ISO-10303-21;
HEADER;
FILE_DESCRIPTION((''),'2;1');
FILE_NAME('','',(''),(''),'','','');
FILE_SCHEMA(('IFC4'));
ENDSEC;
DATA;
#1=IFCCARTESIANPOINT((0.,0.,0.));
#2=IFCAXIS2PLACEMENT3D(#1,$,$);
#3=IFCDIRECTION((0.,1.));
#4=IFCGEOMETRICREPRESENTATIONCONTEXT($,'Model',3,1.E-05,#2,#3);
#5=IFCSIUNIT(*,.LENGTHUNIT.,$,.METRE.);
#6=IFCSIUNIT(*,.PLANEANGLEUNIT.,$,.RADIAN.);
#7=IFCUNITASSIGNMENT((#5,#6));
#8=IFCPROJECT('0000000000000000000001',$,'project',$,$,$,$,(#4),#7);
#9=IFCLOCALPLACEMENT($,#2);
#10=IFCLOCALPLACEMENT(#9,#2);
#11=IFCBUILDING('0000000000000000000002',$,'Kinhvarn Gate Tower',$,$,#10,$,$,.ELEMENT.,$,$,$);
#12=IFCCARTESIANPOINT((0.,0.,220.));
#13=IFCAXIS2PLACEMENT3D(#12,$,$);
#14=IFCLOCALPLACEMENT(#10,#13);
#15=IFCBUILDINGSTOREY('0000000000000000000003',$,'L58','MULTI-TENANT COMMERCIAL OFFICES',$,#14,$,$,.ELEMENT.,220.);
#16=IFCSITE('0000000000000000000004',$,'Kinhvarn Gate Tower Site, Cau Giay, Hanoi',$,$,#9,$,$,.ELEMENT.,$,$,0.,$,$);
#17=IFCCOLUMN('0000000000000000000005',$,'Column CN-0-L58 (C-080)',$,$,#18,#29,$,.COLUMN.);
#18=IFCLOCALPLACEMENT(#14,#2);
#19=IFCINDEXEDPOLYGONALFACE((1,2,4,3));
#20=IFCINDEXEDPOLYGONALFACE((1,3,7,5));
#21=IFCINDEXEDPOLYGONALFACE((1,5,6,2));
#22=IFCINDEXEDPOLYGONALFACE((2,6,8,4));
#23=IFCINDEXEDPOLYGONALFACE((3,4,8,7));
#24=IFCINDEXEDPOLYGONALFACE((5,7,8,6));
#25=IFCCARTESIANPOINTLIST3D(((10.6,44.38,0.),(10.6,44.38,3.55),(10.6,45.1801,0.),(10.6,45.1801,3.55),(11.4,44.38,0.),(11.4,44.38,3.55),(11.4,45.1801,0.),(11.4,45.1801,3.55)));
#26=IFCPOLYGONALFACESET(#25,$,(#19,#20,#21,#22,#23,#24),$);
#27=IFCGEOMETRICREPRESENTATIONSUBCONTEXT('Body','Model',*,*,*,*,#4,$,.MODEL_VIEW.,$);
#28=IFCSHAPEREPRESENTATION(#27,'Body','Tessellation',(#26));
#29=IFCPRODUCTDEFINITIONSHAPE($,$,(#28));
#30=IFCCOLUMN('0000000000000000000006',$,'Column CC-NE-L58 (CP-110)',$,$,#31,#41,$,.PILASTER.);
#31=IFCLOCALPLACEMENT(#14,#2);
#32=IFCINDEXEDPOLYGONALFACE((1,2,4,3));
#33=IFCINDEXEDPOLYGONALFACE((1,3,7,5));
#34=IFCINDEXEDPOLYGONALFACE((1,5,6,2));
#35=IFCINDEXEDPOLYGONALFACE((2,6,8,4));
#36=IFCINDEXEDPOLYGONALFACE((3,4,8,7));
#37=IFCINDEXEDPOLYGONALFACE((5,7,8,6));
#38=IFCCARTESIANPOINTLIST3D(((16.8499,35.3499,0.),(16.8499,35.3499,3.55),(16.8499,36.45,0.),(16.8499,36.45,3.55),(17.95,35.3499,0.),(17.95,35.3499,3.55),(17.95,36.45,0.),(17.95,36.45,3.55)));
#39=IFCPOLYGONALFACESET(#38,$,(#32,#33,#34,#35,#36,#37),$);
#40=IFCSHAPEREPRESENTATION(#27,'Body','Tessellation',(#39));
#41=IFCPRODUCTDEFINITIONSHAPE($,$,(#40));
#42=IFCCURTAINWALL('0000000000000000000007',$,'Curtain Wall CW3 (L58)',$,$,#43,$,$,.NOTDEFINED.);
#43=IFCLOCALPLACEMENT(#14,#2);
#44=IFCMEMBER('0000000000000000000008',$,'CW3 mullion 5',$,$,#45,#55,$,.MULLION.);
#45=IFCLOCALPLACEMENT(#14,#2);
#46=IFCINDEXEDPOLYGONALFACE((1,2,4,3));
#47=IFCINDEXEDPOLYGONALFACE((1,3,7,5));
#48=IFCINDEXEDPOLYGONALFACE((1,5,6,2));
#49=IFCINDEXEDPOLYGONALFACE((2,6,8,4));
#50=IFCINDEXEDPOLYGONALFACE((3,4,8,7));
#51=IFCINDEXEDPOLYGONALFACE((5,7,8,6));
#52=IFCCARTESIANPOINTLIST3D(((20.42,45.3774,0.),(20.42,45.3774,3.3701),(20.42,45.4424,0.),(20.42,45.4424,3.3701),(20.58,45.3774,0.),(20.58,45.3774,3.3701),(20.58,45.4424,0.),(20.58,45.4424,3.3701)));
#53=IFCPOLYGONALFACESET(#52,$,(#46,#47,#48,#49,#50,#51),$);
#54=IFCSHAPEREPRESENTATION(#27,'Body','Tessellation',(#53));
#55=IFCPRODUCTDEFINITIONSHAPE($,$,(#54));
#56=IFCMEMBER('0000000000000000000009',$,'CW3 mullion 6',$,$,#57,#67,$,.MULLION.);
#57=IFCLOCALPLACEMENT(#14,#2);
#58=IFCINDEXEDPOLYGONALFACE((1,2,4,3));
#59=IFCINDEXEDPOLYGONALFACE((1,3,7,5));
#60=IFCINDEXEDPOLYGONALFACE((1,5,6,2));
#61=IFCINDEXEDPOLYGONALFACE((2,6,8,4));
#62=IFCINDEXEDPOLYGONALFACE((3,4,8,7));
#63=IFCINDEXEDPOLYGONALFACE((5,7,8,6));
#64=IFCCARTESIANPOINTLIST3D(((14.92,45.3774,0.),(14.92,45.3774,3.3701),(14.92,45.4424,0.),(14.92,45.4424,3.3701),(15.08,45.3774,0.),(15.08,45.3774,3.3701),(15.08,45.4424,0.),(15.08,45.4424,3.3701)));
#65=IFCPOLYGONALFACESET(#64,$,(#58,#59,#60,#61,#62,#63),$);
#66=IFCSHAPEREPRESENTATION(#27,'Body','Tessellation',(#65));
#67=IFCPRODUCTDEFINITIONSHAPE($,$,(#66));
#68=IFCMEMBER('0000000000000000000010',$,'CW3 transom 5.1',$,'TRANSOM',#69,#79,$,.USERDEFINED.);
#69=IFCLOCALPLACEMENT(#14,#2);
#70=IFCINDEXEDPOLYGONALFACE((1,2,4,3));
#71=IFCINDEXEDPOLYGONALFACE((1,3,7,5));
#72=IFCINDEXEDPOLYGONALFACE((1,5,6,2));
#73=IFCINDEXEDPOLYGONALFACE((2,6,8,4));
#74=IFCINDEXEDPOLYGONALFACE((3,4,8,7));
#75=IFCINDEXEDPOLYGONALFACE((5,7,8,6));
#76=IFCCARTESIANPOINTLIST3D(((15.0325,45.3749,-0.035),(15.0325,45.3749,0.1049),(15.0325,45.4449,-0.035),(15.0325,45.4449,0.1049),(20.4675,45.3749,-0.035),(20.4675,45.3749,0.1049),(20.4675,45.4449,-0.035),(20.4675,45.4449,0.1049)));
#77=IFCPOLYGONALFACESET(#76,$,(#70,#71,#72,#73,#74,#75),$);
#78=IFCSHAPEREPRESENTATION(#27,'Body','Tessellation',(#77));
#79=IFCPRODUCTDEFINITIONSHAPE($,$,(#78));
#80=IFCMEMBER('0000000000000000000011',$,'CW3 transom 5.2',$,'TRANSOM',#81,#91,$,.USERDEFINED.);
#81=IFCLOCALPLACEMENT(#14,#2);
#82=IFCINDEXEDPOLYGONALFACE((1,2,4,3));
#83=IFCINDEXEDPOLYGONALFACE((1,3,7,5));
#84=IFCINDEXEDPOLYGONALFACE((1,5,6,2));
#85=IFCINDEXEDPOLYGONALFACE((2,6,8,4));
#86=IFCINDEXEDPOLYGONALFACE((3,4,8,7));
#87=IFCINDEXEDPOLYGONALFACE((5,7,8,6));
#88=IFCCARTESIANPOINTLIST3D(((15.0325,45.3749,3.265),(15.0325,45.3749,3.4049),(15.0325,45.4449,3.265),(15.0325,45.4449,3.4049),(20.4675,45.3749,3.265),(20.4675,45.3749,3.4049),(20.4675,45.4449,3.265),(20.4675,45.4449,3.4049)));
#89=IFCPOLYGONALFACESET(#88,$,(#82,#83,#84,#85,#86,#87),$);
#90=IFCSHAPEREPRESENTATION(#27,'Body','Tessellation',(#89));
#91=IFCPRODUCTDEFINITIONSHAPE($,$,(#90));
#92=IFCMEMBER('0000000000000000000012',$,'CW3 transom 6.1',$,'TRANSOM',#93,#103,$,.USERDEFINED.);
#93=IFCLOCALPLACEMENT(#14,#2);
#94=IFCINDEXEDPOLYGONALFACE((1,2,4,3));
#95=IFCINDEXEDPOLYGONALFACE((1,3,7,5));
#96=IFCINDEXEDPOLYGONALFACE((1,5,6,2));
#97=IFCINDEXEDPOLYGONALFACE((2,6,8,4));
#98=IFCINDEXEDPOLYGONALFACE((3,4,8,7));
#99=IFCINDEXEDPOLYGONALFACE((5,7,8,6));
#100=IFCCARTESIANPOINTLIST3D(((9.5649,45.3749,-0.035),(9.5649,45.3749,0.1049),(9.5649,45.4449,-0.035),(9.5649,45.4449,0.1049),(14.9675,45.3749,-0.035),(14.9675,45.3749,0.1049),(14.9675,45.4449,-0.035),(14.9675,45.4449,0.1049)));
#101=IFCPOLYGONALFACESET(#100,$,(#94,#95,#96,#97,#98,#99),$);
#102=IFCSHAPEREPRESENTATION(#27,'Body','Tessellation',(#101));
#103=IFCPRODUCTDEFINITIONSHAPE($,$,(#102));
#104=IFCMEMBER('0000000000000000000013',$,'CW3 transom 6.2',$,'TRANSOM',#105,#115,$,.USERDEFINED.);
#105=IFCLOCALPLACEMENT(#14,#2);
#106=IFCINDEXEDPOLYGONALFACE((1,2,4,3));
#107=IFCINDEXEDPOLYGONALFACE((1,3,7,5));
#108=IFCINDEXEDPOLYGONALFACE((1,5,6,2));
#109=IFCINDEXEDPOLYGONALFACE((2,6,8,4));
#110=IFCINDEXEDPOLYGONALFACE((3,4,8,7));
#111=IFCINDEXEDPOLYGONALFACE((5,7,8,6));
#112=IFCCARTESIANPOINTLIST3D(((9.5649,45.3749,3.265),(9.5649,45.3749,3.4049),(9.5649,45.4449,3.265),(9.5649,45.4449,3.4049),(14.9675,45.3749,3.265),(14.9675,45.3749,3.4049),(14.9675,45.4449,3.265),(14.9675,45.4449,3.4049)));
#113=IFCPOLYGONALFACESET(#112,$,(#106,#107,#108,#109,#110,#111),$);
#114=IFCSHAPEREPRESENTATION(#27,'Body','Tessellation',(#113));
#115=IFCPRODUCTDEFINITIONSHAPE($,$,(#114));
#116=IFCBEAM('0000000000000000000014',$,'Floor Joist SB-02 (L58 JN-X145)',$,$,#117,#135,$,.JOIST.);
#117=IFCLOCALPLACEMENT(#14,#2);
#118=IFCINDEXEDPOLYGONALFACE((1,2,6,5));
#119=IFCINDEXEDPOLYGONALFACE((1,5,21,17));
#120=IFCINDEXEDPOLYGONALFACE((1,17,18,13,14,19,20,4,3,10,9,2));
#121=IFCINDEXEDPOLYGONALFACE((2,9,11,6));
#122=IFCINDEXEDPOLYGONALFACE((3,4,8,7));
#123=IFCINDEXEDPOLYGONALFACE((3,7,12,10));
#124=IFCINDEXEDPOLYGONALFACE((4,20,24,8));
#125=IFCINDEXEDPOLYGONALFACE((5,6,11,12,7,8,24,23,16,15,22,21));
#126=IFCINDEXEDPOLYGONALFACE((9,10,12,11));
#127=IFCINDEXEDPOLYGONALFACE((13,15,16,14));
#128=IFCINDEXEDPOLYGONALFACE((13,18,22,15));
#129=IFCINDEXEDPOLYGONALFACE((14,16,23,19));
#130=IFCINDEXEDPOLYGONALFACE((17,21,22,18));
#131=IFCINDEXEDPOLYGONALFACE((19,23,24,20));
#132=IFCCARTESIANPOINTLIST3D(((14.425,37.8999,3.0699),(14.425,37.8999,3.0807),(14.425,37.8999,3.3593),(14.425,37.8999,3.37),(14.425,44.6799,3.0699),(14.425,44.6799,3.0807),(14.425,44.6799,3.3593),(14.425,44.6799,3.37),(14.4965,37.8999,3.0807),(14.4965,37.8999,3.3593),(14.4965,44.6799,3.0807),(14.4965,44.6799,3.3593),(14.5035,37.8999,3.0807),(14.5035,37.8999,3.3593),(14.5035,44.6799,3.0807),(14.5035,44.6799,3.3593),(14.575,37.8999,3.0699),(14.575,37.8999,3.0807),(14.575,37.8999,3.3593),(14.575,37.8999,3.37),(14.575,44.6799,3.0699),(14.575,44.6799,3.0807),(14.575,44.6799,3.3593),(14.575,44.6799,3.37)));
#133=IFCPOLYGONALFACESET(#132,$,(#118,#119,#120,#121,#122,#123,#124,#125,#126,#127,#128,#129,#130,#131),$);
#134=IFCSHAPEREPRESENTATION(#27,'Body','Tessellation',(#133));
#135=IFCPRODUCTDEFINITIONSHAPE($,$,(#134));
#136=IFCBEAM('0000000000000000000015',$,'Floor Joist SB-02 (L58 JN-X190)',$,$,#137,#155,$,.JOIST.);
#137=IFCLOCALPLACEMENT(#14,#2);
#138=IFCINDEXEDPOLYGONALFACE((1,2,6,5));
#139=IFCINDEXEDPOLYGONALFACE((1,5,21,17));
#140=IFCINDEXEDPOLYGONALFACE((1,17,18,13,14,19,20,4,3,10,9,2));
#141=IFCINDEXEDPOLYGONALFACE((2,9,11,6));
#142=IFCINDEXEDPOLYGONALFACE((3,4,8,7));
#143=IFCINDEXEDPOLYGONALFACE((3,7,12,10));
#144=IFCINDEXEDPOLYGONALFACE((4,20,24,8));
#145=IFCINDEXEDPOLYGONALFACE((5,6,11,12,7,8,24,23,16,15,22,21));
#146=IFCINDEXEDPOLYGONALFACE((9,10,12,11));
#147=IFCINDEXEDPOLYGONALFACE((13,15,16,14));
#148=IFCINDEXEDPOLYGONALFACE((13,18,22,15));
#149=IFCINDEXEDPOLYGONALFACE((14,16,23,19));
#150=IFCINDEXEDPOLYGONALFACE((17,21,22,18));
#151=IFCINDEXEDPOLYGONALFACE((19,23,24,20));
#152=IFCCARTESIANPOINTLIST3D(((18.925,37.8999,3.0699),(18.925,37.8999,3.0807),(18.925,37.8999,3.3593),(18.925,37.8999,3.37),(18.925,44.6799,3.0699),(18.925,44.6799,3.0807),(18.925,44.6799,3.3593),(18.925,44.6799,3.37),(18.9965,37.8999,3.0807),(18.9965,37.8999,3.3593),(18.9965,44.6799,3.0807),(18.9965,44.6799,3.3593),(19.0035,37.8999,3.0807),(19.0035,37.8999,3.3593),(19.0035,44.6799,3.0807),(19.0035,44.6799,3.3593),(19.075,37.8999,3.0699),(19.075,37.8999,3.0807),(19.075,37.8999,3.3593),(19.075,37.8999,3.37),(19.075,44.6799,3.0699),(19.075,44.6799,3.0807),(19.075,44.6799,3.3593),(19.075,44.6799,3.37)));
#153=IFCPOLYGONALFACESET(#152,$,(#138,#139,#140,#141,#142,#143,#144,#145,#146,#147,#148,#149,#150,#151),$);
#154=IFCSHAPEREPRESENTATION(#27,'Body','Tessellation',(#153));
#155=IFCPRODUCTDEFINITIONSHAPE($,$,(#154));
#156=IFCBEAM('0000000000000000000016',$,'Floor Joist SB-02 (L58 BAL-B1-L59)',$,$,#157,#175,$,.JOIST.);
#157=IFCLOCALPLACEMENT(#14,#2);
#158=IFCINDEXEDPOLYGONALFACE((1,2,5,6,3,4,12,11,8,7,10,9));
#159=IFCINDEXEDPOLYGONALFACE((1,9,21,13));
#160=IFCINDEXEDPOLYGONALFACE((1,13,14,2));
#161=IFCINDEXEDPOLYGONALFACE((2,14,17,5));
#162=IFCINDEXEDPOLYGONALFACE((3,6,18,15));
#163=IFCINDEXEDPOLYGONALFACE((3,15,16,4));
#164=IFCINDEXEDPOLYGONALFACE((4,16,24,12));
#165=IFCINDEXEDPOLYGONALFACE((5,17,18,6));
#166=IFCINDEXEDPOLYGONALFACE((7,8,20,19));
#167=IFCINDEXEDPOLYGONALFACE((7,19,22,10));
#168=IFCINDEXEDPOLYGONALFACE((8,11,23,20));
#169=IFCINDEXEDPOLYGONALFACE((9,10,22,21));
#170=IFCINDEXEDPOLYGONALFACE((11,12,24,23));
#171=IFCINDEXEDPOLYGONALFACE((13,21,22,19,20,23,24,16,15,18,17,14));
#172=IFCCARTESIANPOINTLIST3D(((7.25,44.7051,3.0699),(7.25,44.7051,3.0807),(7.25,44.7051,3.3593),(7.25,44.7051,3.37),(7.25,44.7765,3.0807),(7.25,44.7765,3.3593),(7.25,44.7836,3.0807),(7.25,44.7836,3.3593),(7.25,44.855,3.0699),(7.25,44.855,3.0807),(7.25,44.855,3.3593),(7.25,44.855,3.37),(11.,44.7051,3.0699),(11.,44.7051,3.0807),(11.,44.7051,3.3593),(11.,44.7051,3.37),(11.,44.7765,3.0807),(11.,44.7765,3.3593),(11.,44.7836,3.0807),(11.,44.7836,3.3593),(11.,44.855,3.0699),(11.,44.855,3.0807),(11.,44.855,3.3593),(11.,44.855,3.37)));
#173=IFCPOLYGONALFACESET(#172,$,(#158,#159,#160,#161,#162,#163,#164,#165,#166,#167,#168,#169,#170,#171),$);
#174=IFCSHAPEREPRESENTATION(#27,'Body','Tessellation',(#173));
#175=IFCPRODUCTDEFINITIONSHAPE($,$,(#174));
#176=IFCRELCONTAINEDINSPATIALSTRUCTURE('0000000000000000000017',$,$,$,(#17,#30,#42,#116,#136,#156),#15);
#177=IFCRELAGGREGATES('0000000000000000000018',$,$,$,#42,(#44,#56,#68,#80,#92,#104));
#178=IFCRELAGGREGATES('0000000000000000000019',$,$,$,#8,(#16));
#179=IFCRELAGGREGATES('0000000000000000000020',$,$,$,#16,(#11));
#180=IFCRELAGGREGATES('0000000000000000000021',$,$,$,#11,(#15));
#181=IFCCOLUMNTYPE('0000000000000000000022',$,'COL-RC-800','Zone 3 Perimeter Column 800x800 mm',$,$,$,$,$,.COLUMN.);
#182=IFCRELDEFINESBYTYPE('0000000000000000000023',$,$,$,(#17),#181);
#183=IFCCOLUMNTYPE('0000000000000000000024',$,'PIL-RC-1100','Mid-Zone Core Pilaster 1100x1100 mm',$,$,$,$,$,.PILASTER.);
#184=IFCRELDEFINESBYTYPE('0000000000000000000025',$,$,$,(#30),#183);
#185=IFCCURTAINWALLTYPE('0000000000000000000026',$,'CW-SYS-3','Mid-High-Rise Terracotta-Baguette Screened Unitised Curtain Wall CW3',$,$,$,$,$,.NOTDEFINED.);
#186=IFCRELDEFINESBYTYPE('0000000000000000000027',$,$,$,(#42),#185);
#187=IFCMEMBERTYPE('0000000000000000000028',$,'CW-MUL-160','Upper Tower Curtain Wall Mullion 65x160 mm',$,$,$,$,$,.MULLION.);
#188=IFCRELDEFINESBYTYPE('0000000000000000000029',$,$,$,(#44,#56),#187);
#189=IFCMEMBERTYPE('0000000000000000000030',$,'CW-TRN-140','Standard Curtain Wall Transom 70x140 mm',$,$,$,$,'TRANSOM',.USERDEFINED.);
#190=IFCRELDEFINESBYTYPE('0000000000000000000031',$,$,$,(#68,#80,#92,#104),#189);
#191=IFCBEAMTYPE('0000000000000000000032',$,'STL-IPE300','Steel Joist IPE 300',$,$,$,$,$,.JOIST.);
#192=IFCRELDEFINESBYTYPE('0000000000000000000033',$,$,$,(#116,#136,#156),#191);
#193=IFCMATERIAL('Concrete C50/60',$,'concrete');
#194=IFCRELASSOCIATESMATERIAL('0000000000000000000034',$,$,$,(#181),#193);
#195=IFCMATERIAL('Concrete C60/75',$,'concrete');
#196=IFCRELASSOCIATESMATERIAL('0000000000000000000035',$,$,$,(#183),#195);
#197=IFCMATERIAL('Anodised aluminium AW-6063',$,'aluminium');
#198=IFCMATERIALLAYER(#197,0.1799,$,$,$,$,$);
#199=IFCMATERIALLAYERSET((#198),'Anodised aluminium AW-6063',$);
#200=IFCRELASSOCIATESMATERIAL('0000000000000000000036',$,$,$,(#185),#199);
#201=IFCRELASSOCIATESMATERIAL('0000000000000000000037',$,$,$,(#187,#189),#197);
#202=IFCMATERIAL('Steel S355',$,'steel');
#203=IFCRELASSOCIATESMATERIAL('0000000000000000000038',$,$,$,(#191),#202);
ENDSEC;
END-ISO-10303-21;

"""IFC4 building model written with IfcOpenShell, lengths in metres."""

from ifc_helpers import new_model, si_unit, direction, frame, origin, origin_2d, place, context, subcontext, project, spatial, rectangle, i_section, extrude, material, layer, layer_set, material_profile, profile_set, type_object, element, aggregate, save


model = new_model("IFC4")

# Units and contexts
model_context = context("Model", 3, precision=1e-05, world=origin(), true_north=direction((0.0, 1.0)))
body_context = subcontext(model_context, "Body", "Model", "MODEL_VIEW")
ifc_project = project(units=[si_unit("LENGTHUNIT", "METRE"), si_unit("PLANEANGLEUNIT", "RADIAN")], contexts=[model_context])

# Site, building, storey
site_placement = place(None, origin())
site = spatial("IfcSite", under=ifc_project, at=site_placement, Name="Kinhvarn Gate Tower Site, Cau Giay, Hanoi", CompositionType="ELEMENT", RefElevation=0.0)
building_placement = place(site_placement, origin())
building = spatial("IfcBuilding", under=site, at=building_placement, Name="Kinhvarn Gate Tower", CompositionType="ELEMENT")
storey_placement = place(building_placement, frame((0.0, 0.0, 220.0)))
storey = spatial("IfcBuildingStorey", under=building, at=storey_placement, Name="L58", Description="MULTI-TENANT COMMERCIAL OFFICES", CompositionType="ELEMENT", Elevation=220.0)

# Columns
ifc_material_1 = material(Name="Concrete C50/60", Category="concrete")
ifc_material_profile_1 = material_profile(ifc_material_1, rectangle(XDim=0.8, YDim=0.8, at=origin_2d()), Name="RC 800x800")
ifc_profile_set_1 = profile_set([ifc_material_profile_1], Name="Concrete C50/60")
column_type_1 = type_object("IfcColumnType", Name="COL-RC-800", Description="Zone 3 Perimeter Column 800x800 mm", PredefinedType="COLUMN", material=ifc_profile_set_1)
column_1_placement = place(storey_placement, frame((11.0, 44.78, 0.0), z_axis=(0.0, 0.0, 1.0), x_axis=(1.0, 0.0, 0.0)))
element("IfcColumn", 1, at=column_1_placement, inside=storey, type_object=column_type_1, Name="Column CN-0-L58 (C-080)", PredefinedType="COLUMN", context=body_context, shape_type="SweptSolid", body=[
    extrude(rectangle(XDim=0.8, YDim=0.8, at=origin_2d()), origin(), (0.0, 0.0, 1.0), 3.55),
])
ifc_material_2 = material(Name="Concrete C60/75", Category="concrete")
ifc_material_profile_2 = material_profile(ifc_material_2, rectangle(XDim=1.1001, YDim=1.1001, at=origin_2d()), Name="RC 1100x1100")
ifc_profile_set_2 = profile_set([ifc_material_profile_2], Name="Concrete C60/75")
column_type_2 = type_object("IfcColumnType", Name="PIL-RC-1100", Description="Mid-Zone Core Pilaster 1100x1100 mm", PredefinedType="PILASTER", material=ifc_profile_set_2)
column_2_placement = place(storey_placement, frame((17.3999, 35.8999, 0.0), z_axis=(0.0, 0.0, 1.0), x_axis=(1.0, 0.0, 0.0)))
element("IfcColumn", 2, at=column_2_placement, inside=storey, type_object=column_type_2, Name="Column CC-NE-L58 (CP-110)", PredefinedType="PILASTER", context=body_context, shape_type="SweptSolid", body=[
    extrude(rectangle(XDim=1.1001, YDim=1.1001, at=origin_2d()), origin(), (0.0, 0.0, 1.0), 3.55),
])

# Curtain wall, members
ifc_material_3 = material(Name="Anodised aluminium AW-6063", Category="aluminium")
ifc_layer_1 = layer(ifc_material_3, 0.1799)
ifc_layer_set_1 = layer_set([ifc_layer_1], Name="Anodised aluminium AW-6063")
curtain_wall_type = type_object("IfcCurtainWallType", Name="CW-SYS-3", Description="Mid-High-Rise Terracotta-Baguette Screened Unitised Curtain Wall CW3", PredefinedType="NOTDEFINED", material=ifc_layer_set_1)
curtain_wall_placement = place(storey_placement, origin())
curtain_wall = element("IfcCurtainWall", 3, at=curtain_wall_placement, inside=storey, type_object=curtain_wall_type, Name="Curtain Wall CW3 (L58)", PredefinedType="NOTDEFINED")
ifc_material_profile_3 = material_profile(ifc_material_3, rectangle(XDim=0.0649, YDim=0.1599, at=origin_2d()), Name="ALU 65x160")
ifc_profile_set_3 = profile_set([ifc_material_profile_3], Name="Anodised aluminium AW-6063")
member_type_1 = type_object("IfcMemberType", Name="CW-MUL-160", Description="Upper Tower Curtain Wall Mullion 65x160 mm", PredefinedType="MULLION", material=ifc_profile_set_3)
member_1_placement = place(storey_placement, frame((20.5, 45.4099, 0.0), z_axis=(0.0, 0.0, 1.0), x_axis=(0.0, -1.0, 0.0)))
member_1 = element("IfcMember", 4, at=member_1_placement, type_object=member_type_1, Name="CW3 mullion 5", PredefinedType="MULLION", context=body_context, shape_type="SweptSolid", body=[
    extrude(rectangle(XDim=0.0649, YDim=0.1599, at=origin_2d()), origin(), (0.0, 0.0, 1.0), 3.3701),
])
member_2_placement = place(storey_placement, frame((15.0, 45.4099, 0.0), z_axis=(0.0, 0.0, 1.0), x_axis=(0.0, -1.0, 0.0)))
member_2 = element("IfcMember", 5, at=member_2_placement, type_object=member_type_1, Name="CW3 mullion 6", PredefinedType="MULLION", context=body_context, shape_type="SweptSolid", body=[
    extrude(rectangle(XDim=0.0649, YDim=0.1599, at=origin_2d()), origin(), (0.0, 0.0, 1.0), 3.3701),
])
ifc_material_profile_4 = material_profile(ifc_material_3, rectangle(XDim=0.0701, YDim=0.1399, at=origin_2d()), Name="ALU 70x140")
ifc_profile_set_4 = profile_set([ifc_material_profile_4], Name="Anodised aluminium AW-6063")
member_type_2 = type_object("IfcMemberType", Name="CW-TRN-140", Description="Standard Curtain Wall Transom 70x140 mm", ElementType="TRANSOM", PredefinedType="USERDEFINED", material=ifc_profile_set_4)
member_3_placement = place(storey_placement, frame((20.4675, 45.4099, 0.0349), z_axis=(-1.0, 0.0, 0.0), x_axis=(0.0, -1.0, 0.0)))
member_3 = element("IfcMember", 6, at=member_3_placement, type_object=member_type_2, Name="CW3 transom 5.1", ObjectType="TRANSOM", PredefinedType="USERDEFINED", context=body_context, shape_type="SweptSolid", body=[
    extrude(rectangle(XDim=0.0701, YDim=0.1399, at=origin_2d()), origin(), (0.0, 0.0, 1.0), 5.4351),
])
member_4_placement = place(storey_placement, frame((20.4675, 45.4099, 3.335), z_axis=(-1.0, 0.0, 0.0), x_axis=(0.0, -1.0, 0.0)))
member_4 = element("IfcMember", 7, at=member_4_placement, type_object=member_type_2, Name="CW3 transom 5.2", ObjectType="TRANSOM", PredefinedType="USERDEFINED", context=body_context, shape_type="SweptSolid", body=[
    extrude(rectangle(XDim=0.0701, YDim=0.1399, at=origin_2d()), origin(), (0.0, 0.0, 1.0), 5.4351),
])
member_5_placement = place(storey_placement, frame((14.9675, 45.4099, 0.0349), z_axis=(-1.0, 0.0, 0.0), x_axis=(0.0, -1.0, 0.0)))
member_5 = element("IfcMember", 8, at=member_5_placement, type_object=member_type_2, Name="CW3 transom 6.1", ObjectType="TRANSOM", PredefinedType="USERDEFINED", context=body_context, shape_type="SweptSolid", body=[
    extrude(rectangle(XDim=0.0701, YDim=0.1399, at=origin_2d()), origin(), (0.0, 0.0, 1.0), 5.4026),
])
member_6_placement = place(storey_placement, frame((14.9675, 45.4099, 3.335), z_axis=(-1.0, 0.0, 0.0), x_axis=(0.0, -1.0, 0.0)))
member_6 = element("IfcMember", 9, at=member_6_placement, type_object=member_type_2, Name="CW3 transom 6.2", ObjectType="TRANSOM", PredefinedType="USERDEFINED", context=body_context, shape_type="SweptSolid", body=[
    extrude(rectangle(XDim=0.0701, YDim=0.1399, at=origin_2d()), origin(), (0.0, 0.0, 1.0), 5.4026),
])

# Beams
ifc_material_4 = material(Name="Steel S355", Category="steel")
ifc_material_profile_5 = material_profile(ifc_material_4, i_section(OverallWidth=0.1499, OverallDepth=0.3, WebThickness=0.0071, FlangeThickness=0.0107, at=origin_2d()), Name="IPE 300")
ifc_profile_set_5 = profile_set([ifc_material_profile_5], Name="Steel S355")
beam_type_1 = type_object("IfcBeamType", Name="STL-IPE300", Description="Steel Joist IPE 300", PredefinedType="JOIST", material=ifc_profile_set_5)
for number, where, z_axis, x_axis, name in (
    (10, (14.5, 37.8999, 3.22), (0.0, 1.0, 0.0), (-1.0, 0.0, 0.0), "Floor Joist SB-02 (L58 JN-X145)"),
    (11, (19.0, 37.8999, 3.22), (0.0, 1.0, 0.0), (-1.0, 0.0, 0.0), "Floor Joist SB-02 (L58 JN-X190)"),
):
    element("IfcBeam", number, at=place(storey_placement, frame(where, z_axis=z_axis, x_axis=x_axis)), inside=storey, type_object=beam_type_1, Name=name, PredefinedType="JOIST", context=body_context, shape_type="SweptSolid", body=[
        extrude(i_section(OverallWidth=0.1499, OverallDepth=0.3, WebThickness=0.0071, FlangeThickness=0.0107, at=origin_2d()), origin(), (0.0, 0.0, 1.0), 6.78),
    ])
beam_1_placement = place(storey_placement, frame((11.0, 44.78, 3.22), z_axis=(-1.0, 0.0, 0.0), x_axis=(0.0, -1.0, 0.0)))
element("IfcBeam", 12, at=beam_1_placement, inside=storey, type_object=beam_type_1, Name="Floor Joist SB-02 (L58 BAL-B1-L59)", PredefinedType="JOIST", context=body_context, shape_type="SweptSolid", body=[
    extrude(i_section(OverallWidth=0.1499, OverallDepth=0.3, WebThickness=0.0071, FlangeThickness=0.0107, at=origin_2d()), origin(), (0.0, 0.0, 1.0), 3.75),
])

aggregate(curtain_wall, [member_1, member_2, member_3, member_4, member_5, member_6])

save(model, "model.ifc")
